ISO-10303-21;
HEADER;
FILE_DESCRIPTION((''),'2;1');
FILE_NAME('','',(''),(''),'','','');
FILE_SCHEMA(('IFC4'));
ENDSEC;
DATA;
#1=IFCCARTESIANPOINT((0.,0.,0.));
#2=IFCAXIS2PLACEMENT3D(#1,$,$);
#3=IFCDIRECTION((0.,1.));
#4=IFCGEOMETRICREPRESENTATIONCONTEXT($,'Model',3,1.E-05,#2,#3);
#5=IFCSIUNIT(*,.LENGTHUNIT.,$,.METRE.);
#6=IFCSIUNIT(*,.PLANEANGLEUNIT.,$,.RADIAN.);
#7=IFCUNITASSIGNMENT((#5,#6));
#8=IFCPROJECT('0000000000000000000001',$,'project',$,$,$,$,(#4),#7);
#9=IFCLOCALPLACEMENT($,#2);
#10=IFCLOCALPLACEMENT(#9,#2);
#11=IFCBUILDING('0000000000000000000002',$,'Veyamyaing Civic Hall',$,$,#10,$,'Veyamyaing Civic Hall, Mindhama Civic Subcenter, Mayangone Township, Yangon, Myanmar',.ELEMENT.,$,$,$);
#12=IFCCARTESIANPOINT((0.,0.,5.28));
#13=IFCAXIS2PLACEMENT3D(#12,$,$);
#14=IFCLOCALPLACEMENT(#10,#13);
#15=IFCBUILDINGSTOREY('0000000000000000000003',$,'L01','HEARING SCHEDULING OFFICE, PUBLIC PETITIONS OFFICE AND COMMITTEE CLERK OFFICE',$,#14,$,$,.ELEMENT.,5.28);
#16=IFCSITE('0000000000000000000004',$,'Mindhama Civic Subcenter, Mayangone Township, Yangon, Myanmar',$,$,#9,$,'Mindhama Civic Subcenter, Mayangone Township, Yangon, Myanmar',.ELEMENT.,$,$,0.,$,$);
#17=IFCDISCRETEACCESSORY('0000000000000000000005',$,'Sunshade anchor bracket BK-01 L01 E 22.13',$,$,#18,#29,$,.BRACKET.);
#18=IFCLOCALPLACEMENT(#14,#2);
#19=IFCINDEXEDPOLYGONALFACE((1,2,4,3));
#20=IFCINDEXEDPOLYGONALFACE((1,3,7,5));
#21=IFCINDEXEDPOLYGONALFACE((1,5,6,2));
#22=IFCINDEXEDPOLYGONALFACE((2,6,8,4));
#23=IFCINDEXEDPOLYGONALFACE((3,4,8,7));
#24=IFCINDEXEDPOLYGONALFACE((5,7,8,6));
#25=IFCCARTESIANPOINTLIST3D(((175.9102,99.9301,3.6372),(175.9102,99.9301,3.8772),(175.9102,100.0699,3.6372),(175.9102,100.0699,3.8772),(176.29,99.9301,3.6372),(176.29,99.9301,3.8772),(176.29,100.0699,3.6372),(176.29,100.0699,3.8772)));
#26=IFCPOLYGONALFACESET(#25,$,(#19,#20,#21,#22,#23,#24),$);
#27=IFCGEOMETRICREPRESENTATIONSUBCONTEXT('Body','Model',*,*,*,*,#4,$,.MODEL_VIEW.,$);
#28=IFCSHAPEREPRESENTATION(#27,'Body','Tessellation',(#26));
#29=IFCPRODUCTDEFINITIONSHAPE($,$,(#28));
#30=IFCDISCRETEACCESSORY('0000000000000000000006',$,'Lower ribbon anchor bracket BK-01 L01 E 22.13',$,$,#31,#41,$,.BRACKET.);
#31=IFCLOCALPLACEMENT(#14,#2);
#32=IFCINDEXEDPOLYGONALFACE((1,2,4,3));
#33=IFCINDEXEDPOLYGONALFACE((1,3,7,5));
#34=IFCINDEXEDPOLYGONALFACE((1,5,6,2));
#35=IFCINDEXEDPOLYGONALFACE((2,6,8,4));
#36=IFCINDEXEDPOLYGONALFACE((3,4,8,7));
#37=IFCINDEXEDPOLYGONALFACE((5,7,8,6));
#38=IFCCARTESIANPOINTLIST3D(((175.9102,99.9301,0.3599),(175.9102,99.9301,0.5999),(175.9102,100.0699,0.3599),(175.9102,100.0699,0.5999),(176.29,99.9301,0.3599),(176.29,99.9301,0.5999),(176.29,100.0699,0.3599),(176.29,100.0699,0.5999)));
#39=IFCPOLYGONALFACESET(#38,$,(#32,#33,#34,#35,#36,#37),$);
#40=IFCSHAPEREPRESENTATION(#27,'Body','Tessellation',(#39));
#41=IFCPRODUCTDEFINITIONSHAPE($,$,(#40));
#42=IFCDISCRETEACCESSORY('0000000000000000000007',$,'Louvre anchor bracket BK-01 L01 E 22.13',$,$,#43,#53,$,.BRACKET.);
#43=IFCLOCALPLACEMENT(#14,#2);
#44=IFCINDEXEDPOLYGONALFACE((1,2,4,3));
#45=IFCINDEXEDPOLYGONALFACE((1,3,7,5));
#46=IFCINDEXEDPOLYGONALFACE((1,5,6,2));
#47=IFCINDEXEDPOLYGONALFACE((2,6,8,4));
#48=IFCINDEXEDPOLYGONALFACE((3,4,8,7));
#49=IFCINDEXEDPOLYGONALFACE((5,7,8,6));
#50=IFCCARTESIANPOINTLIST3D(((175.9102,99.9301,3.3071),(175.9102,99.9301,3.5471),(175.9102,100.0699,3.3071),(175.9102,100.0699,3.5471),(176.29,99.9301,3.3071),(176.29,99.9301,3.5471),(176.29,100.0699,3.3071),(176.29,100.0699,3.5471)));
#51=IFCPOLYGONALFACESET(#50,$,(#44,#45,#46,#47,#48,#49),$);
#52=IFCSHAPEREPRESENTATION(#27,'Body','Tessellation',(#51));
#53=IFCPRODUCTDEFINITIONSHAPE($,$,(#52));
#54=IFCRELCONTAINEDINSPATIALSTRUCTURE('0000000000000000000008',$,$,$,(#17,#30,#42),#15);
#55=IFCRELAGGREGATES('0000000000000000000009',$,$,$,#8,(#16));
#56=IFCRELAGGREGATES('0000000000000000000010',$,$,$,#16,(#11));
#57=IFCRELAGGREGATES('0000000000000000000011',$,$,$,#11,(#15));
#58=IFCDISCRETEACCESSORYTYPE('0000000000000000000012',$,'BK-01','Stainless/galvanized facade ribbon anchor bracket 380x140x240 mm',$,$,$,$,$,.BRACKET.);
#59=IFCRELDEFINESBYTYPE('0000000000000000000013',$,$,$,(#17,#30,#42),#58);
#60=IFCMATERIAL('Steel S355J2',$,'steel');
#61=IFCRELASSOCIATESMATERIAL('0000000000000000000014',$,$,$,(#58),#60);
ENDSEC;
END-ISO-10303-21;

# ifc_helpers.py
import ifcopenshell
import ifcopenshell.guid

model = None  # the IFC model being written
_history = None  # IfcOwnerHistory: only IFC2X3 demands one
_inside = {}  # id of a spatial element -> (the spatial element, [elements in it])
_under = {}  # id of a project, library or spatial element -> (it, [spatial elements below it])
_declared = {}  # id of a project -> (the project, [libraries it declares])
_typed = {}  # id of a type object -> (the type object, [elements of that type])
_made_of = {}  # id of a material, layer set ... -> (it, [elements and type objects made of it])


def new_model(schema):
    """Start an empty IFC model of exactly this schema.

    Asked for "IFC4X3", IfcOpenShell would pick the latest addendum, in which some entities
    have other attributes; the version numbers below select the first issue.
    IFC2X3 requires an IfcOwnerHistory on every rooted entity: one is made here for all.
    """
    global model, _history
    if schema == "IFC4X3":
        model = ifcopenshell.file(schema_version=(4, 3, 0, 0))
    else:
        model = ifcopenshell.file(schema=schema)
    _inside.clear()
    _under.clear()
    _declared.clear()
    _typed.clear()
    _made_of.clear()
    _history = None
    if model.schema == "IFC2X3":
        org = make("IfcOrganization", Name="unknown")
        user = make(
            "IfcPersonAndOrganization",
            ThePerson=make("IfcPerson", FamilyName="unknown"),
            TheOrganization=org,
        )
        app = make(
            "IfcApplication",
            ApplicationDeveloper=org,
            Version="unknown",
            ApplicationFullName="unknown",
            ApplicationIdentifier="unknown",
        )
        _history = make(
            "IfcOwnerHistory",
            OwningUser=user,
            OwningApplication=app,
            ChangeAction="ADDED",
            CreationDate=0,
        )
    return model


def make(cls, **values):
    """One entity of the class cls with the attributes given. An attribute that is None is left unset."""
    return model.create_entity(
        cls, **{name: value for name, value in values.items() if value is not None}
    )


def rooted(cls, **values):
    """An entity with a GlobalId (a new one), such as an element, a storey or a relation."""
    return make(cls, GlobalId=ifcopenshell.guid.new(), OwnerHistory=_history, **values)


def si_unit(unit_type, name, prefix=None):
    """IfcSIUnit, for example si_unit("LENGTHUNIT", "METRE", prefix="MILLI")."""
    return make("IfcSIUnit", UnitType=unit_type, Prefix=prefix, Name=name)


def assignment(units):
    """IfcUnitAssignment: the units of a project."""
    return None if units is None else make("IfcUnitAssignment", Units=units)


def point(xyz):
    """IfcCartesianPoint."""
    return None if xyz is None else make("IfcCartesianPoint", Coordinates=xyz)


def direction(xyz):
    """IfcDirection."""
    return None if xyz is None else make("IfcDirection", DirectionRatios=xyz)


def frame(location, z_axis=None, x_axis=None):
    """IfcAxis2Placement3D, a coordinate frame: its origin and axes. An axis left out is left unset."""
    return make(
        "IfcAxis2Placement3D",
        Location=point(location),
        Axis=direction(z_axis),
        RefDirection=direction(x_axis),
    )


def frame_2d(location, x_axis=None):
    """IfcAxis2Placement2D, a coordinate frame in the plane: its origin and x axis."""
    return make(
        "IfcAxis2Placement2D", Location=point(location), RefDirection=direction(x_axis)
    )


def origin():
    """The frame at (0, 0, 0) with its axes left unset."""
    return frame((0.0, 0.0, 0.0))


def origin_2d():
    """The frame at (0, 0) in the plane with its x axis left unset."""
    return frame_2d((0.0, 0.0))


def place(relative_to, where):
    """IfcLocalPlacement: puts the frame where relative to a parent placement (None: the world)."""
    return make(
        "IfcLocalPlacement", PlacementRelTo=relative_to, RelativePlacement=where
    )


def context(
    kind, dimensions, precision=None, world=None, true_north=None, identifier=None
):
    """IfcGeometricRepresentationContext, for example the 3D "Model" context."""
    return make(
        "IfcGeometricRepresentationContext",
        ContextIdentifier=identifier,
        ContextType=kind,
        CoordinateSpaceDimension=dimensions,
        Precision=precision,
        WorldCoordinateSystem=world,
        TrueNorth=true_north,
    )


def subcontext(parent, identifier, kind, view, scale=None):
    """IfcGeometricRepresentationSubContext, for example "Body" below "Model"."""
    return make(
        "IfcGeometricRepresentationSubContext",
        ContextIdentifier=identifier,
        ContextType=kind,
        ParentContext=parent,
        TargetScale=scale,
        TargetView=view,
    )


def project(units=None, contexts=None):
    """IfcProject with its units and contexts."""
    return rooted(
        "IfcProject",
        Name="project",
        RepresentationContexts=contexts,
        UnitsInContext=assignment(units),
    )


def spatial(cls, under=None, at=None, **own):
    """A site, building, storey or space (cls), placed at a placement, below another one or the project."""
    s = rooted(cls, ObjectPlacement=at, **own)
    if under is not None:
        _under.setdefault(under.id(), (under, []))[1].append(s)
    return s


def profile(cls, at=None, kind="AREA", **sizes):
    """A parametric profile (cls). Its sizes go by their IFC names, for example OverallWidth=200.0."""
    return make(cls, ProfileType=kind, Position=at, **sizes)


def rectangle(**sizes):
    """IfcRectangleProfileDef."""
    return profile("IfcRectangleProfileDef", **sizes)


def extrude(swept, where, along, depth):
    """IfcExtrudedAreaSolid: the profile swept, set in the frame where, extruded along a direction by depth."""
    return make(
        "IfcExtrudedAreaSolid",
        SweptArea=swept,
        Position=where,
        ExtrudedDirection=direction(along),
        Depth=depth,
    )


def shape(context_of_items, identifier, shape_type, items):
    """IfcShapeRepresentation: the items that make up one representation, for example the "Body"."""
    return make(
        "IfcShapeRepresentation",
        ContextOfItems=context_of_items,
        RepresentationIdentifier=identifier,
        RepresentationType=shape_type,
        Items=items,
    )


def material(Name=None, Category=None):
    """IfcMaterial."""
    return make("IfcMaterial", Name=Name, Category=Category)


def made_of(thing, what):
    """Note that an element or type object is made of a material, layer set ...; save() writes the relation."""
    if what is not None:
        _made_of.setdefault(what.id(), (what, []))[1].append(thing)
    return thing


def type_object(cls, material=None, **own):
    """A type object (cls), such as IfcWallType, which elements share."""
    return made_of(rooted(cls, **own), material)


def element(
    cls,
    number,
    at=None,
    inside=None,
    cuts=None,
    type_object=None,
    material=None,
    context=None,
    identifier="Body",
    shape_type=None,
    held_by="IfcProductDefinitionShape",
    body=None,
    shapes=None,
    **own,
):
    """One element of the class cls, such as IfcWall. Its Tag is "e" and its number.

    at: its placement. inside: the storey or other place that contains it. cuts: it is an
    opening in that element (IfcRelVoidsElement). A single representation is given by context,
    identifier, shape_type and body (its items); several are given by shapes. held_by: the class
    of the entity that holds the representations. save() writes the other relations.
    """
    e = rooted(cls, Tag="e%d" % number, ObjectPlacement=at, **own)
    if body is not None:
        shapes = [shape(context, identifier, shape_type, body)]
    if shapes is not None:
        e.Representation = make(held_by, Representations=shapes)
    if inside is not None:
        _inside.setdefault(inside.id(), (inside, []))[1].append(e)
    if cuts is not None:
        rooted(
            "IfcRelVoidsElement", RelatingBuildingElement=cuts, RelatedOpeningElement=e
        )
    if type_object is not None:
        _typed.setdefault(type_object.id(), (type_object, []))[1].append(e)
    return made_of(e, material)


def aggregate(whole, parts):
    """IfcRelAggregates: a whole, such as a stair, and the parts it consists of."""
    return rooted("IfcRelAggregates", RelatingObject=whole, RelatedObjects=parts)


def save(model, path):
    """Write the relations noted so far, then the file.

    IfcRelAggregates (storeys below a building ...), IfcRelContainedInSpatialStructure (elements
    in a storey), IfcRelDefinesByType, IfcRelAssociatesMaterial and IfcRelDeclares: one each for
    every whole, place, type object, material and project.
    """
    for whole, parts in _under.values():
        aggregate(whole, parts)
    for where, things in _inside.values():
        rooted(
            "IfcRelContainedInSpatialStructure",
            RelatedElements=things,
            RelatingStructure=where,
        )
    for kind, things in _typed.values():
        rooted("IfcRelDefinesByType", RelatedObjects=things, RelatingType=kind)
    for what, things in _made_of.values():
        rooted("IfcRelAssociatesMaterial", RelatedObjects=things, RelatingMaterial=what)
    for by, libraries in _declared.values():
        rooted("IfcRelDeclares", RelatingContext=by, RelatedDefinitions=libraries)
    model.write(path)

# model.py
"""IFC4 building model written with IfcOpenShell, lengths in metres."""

from ifc_helpers import new_model, si_unit, direction, frame, origin, origin_2d, place, context, subcontext, project, spatial, rectangle, extrude, material, type_object, element, save


model = new_model("IFC4")

# Units and contexts
model_context = context("Model", 3, precision=1e-05, world=origin(), true_north=direction((0.0, 1.0)))
body_context = subcontext(model_context, "Body", "Model", "MODEL_VIEW")
ifc_project = project(units=[si_unit("LENGTHUNIT", "METRE"), si_unit("PLANEANGLEUNIT", "RADIAN")], contexts=[model_context])

# Site, building, storey
site_placement = place(None, origin())
site = spatial("IfcSite", under=ifc_project, at=site_placement, Name="Mindhama Civic Subcenter, Mayangone Township, Yangon, Myanmar", LongName="Mindhama Civic Subcenter, Mayangone Township, Yangon, Myanmar", CompositionType="ELEMENT", RefElevation=0.0)
building_placement = place(site_placement, origin())
building = spatial("IfcBuilding", under=site, at=building_placement, Name="Veyamyaing Civic Hall", LongName="Veyamyaing Civic Hall, Mindhama Civic Subcenter, Mayangone Township, Yangon, Myanmar", CompositionType="ELEMENT")
storey_placement = place(building_placement, frame((0.0, 0.0, 5.28)))
storey = spatial("IfcBuildingStorey", under=building, at=storey_placement, Name="L01", Description="HEARING SCHEDULING OFFICE, PUBLIC PETITIONS OFFICE AND COMMITTEE CLERK OFFICE", CompositionType="ELEMENT", Elevation=5.28)

# Discrete accessories
ifc_material_1 = material(Name="Steel S355J2", Category="steel")
discrete_accessory_type = type_object("IfcDiscreteAccessoryType", Name="BK-01", Description="Stainless/galvanized facade ribbon anchor bracket 380x140x240 mm", PredefinedType="BRACKET", material=ifc_material_1)
for number, where, z_axis, x_axis, name in (
    (1, (176.1001, 100.0, 3.6372), (0.0, 0.0, 1.0), (1.0, 0.0, 0.0), "Sunshade anchor bracket BK-01 L01 E 22.13"),
    (2, (176.1001, 100.0, 0.3599), (0.0, 0.0, 1.0), (1.0, 0.0, 0.0), "Lower ribbon anchor bracket BK-01 L01 E 22.13"),
    (3, (176.1001, 100.0, 3.3071), (0.0, 0.0, 1.0), (1.0, 0.0, 0.0), "Louvre anchor bracket BK-01 L01 E 22.13"),
):
    element("IfcDiscreteAccessory", number, at=place(storey_placement, frame(where, z_axis=z_axis, x_axis=x_axis)), inside=storey, type_object=discrete_accessory_type, Name=name, PredefinedType="BRACKET", context=body_context, shape_type="SweptSolid", body=[
        extrude(rectangle(XDim=0.3799, YDim=0.1399, at=origin_2d()), origin(), (0.0, 0.0, 1.0), 0.24),
    ])

save(model, "model.ifc")
